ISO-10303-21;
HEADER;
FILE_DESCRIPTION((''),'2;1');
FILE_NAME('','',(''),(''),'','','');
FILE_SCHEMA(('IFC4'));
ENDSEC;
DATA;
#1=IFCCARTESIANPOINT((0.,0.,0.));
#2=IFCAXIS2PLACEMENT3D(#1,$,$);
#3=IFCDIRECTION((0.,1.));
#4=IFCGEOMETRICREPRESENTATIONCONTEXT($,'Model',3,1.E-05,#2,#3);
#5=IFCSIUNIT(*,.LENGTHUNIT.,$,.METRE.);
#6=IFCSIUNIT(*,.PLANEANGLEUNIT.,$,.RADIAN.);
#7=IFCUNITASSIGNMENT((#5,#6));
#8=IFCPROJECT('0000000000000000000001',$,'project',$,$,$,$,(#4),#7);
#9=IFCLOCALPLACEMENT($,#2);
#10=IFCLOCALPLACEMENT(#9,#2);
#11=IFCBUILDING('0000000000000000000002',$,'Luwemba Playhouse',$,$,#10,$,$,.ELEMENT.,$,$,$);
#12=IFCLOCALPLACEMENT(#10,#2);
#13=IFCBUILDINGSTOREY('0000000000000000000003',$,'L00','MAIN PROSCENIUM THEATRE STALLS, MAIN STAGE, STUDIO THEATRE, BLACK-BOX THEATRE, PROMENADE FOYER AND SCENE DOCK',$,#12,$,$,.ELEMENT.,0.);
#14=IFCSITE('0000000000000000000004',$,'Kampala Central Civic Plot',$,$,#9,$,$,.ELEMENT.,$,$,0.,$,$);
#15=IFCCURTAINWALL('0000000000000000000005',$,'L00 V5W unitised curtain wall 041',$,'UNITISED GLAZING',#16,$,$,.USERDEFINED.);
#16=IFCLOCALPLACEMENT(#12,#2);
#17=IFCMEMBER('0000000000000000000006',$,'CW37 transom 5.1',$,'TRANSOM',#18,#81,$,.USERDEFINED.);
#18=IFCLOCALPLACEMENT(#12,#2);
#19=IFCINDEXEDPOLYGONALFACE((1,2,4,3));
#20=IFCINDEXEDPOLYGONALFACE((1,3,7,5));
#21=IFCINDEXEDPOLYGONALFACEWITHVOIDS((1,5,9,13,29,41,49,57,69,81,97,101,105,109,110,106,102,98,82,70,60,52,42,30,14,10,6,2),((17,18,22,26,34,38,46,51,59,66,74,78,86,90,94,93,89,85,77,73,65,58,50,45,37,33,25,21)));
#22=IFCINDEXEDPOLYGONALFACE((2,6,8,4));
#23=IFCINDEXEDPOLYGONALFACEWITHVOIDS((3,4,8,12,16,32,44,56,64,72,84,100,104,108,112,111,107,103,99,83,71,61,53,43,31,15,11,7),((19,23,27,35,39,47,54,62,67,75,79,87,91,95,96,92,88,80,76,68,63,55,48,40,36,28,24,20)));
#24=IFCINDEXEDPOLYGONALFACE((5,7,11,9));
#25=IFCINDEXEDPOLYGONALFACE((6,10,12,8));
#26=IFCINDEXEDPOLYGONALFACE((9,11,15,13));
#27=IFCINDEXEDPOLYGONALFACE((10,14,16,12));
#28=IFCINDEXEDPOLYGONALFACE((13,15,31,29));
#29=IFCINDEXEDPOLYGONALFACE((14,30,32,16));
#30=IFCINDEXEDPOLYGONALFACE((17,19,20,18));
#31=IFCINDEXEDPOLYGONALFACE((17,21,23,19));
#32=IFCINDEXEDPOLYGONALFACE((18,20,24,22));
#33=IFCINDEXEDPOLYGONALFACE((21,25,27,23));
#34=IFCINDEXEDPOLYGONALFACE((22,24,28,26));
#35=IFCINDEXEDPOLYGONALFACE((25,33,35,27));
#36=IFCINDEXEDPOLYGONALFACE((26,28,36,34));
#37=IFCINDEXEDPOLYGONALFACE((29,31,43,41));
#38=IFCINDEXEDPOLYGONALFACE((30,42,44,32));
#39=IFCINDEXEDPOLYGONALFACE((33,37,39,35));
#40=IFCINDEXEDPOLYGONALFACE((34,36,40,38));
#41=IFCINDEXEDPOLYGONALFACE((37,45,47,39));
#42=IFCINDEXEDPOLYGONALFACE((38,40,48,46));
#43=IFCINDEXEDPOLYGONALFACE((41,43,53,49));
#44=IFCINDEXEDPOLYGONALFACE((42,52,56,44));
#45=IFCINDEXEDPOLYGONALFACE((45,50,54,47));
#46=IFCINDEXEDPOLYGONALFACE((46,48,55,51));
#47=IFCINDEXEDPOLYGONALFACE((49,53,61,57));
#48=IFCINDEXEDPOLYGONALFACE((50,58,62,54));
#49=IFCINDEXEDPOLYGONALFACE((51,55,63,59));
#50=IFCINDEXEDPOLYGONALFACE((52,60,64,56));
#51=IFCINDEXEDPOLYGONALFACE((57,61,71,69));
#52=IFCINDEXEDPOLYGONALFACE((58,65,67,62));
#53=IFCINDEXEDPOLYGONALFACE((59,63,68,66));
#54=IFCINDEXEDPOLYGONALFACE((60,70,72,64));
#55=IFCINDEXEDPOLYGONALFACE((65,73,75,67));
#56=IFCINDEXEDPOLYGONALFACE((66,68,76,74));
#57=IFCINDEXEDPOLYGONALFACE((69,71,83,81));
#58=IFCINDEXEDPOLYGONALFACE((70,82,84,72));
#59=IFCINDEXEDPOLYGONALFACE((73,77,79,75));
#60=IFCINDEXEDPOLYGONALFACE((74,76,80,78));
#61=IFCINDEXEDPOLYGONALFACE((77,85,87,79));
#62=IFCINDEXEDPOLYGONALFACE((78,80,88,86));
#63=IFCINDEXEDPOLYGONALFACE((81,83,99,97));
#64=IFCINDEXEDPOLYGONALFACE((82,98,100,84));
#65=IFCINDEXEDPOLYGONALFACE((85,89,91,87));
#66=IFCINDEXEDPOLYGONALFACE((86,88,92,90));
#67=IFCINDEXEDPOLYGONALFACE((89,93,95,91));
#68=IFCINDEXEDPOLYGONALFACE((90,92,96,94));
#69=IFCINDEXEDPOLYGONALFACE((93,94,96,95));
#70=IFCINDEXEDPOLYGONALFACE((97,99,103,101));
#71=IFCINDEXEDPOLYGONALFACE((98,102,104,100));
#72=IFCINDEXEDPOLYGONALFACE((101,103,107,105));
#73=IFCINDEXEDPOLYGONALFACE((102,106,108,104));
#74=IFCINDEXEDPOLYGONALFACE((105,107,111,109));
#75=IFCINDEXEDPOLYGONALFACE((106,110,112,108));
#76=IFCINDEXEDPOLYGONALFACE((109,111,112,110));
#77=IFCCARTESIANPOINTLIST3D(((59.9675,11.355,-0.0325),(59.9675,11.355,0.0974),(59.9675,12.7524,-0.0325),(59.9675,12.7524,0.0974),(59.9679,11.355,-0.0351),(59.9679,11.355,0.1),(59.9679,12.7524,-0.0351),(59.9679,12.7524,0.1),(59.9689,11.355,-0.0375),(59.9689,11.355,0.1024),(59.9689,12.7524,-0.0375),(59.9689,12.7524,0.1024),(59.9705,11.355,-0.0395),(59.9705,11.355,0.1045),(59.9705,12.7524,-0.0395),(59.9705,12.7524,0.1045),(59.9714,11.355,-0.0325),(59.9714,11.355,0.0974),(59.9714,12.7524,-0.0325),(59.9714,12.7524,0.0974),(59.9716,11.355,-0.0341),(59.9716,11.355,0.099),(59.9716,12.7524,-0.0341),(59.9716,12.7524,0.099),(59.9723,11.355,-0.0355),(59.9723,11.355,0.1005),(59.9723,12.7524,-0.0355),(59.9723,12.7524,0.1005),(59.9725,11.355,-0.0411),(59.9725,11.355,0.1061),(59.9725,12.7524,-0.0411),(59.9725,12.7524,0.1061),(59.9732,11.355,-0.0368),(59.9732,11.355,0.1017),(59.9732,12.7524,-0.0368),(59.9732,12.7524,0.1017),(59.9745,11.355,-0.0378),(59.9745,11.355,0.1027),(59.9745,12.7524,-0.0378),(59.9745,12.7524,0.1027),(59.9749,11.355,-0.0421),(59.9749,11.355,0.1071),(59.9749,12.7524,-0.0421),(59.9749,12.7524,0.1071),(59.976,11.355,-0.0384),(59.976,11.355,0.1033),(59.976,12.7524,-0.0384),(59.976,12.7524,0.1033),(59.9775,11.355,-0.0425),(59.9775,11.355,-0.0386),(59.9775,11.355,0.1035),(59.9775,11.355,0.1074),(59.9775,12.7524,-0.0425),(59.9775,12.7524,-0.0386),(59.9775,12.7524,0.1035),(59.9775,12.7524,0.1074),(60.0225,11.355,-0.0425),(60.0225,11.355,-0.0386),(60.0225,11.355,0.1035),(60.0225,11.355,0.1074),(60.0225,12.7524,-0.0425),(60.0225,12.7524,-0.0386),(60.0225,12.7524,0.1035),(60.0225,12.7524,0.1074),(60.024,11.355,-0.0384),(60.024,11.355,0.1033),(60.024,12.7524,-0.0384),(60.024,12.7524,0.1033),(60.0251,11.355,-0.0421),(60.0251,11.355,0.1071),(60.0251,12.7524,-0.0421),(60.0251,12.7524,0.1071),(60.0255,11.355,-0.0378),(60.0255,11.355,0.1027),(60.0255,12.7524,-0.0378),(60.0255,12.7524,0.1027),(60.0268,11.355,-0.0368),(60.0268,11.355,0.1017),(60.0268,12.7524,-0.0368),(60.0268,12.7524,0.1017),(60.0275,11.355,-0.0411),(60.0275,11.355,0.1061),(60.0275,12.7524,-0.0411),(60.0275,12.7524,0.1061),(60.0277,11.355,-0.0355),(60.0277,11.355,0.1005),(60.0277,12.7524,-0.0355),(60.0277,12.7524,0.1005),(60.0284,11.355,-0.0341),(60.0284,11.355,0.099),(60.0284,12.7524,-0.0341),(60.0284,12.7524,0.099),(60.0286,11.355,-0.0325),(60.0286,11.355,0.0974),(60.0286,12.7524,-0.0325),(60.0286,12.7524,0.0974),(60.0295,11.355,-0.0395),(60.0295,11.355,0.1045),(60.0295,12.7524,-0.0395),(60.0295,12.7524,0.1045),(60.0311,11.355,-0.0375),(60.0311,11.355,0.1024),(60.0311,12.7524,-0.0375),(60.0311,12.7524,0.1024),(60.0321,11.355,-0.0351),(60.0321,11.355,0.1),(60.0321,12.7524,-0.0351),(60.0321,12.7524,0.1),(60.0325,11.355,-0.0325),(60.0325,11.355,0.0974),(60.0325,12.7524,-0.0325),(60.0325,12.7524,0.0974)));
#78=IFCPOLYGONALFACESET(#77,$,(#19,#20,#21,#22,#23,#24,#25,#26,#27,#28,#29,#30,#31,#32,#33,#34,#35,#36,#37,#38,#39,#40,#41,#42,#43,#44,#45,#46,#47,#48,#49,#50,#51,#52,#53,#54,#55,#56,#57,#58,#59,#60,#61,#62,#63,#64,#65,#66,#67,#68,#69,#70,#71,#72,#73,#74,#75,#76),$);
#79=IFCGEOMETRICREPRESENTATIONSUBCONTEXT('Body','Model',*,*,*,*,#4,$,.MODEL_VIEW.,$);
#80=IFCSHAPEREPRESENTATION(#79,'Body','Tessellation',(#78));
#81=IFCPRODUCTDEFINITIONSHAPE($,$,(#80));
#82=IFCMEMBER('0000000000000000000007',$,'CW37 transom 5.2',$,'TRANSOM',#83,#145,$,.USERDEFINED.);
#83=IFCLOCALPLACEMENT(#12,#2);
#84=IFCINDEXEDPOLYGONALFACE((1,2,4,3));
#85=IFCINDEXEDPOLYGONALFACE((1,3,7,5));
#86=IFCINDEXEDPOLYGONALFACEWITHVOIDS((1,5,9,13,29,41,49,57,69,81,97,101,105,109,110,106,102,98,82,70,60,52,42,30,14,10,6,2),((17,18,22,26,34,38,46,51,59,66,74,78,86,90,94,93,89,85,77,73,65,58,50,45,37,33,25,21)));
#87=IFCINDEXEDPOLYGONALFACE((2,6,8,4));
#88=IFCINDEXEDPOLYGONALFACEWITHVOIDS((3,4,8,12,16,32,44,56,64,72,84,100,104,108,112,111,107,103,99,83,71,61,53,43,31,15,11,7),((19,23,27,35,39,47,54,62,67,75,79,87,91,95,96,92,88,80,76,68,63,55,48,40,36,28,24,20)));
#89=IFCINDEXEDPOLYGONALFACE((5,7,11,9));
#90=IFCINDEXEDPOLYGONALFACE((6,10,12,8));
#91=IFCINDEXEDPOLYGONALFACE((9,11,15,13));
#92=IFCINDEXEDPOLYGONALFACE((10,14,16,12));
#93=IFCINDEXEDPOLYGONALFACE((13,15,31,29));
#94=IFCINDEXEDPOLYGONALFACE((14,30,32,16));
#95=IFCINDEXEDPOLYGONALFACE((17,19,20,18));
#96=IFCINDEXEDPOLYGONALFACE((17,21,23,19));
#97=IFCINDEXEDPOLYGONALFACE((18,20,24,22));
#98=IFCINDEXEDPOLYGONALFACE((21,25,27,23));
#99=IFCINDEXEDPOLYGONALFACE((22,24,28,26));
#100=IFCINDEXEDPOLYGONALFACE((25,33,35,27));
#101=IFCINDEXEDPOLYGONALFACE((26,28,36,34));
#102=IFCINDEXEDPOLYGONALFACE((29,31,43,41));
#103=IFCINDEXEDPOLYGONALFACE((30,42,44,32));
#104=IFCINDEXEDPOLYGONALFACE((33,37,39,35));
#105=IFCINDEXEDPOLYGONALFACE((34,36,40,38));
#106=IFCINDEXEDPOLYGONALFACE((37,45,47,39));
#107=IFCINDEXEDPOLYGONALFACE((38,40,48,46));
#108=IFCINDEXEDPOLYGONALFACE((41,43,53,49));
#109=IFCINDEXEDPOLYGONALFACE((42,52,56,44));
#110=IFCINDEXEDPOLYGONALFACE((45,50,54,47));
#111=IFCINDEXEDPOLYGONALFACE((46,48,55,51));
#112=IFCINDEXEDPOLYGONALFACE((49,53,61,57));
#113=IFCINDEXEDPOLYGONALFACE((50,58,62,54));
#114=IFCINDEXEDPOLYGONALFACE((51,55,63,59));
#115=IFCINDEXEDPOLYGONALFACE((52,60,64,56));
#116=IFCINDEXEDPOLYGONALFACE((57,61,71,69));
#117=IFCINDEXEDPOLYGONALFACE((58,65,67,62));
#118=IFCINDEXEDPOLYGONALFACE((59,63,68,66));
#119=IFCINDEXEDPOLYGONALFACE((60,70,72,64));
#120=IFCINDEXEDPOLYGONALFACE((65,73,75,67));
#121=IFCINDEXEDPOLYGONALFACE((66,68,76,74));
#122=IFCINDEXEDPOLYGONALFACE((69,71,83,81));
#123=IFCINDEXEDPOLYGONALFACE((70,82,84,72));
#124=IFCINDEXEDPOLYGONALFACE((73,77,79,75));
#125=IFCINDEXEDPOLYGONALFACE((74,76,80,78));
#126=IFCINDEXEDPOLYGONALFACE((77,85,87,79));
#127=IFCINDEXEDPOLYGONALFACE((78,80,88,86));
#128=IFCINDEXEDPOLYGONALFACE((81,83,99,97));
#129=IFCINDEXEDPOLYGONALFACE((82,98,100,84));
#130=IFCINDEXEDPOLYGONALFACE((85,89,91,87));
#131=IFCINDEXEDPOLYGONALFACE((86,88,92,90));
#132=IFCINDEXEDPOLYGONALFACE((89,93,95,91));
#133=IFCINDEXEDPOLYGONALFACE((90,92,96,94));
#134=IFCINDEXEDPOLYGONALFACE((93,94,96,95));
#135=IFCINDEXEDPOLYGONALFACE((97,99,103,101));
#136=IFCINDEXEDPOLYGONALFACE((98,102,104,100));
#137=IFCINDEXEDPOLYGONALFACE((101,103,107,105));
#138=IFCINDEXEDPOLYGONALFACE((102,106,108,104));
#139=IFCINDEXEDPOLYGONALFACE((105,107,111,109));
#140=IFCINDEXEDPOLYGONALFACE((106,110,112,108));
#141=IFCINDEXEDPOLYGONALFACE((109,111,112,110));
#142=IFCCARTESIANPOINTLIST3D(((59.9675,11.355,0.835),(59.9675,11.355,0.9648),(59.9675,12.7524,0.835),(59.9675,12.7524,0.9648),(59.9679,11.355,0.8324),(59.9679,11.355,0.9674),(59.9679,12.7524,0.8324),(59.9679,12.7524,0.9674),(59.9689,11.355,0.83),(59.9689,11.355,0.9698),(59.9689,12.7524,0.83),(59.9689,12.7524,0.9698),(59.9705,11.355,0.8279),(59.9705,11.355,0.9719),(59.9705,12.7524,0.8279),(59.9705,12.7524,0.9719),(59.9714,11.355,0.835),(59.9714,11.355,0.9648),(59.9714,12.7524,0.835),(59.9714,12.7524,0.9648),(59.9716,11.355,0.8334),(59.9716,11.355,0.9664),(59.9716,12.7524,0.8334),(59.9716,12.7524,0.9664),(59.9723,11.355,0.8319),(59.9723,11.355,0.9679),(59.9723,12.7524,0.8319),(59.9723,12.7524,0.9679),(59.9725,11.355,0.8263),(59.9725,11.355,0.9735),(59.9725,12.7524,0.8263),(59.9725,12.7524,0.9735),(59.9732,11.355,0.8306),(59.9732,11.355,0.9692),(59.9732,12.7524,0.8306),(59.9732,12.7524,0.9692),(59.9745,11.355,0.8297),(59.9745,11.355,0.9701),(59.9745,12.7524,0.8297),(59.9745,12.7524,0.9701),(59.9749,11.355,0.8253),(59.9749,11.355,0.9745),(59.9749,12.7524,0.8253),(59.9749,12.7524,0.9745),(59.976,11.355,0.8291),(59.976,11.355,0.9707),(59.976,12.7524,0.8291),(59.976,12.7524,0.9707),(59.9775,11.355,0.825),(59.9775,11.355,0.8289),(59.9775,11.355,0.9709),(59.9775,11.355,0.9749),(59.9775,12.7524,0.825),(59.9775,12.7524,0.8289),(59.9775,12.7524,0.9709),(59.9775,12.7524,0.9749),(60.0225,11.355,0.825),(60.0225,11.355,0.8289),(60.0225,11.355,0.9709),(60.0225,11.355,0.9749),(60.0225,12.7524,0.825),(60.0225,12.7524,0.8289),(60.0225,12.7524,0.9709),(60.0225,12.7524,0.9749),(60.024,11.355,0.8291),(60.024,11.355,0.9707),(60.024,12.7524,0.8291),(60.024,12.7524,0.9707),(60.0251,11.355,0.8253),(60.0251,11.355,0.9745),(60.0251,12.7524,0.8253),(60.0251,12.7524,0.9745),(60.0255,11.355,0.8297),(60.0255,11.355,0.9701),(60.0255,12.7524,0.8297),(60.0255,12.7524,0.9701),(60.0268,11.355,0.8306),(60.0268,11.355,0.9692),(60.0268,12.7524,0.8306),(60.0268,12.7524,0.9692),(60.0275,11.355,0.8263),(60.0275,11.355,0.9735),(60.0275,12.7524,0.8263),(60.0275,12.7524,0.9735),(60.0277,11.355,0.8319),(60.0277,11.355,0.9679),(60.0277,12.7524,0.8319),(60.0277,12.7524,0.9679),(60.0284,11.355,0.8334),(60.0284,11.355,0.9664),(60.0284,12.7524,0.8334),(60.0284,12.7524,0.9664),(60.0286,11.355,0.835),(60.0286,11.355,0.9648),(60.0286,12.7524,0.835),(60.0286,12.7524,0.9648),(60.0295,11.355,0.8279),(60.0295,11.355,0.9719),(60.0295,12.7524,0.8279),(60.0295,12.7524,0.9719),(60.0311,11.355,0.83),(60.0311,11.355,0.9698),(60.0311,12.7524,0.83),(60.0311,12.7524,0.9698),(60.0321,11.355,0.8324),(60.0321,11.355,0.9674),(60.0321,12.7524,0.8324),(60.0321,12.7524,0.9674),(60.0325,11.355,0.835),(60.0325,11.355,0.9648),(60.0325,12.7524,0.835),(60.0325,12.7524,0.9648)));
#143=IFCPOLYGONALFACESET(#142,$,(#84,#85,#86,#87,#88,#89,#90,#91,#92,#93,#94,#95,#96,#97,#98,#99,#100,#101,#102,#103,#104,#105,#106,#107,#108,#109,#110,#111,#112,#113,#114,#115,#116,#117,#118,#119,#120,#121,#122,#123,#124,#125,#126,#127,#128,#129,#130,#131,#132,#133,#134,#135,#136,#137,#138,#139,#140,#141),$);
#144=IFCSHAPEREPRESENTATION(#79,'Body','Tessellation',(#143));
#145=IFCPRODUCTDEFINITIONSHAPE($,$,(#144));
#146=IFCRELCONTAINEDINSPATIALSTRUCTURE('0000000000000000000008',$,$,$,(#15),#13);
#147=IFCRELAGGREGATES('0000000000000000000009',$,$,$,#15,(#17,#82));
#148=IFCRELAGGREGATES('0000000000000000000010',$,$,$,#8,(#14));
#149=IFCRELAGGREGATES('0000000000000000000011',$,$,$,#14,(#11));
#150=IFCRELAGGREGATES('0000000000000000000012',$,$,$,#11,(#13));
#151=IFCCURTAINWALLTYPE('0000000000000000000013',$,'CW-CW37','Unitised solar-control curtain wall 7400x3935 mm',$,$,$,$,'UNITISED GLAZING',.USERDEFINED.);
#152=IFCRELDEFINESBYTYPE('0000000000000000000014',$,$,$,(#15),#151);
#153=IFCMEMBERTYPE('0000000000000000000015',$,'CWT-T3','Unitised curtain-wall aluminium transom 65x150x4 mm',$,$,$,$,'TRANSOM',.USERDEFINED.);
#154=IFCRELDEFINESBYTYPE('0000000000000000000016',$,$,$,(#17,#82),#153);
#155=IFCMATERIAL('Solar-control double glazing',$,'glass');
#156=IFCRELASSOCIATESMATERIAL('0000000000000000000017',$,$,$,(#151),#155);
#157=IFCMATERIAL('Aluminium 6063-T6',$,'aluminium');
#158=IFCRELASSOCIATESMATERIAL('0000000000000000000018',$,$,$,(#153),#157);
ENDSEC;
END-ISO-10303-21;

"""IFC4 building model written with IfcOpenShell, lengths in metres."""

from ifc_helpers import new_model, si_unit, direction, frame, origin, origin_2d, place, context, subcontext, project, spatial, hollow_rectangle, extrude, material, material_profile, profile_set, type_object, element, aggregate, save


model = new_model("IFC4")

# Units and contexts
model_context = context("Model", 3, precision=1e-05, world=origin(), true_north=direction((0.0, 1.0)))
body_context = subcontext(model_context, "Body", "Model", "MODEL_VIEW")
ifc_project = project(units=[si_unit("LENGTHUNIT", "METRE"), si_unit("PLANEANGLEUNIT", "RADIAN")], contexts=[model_context])

# Site, building, storey
site_placement = place(None, origin())
site = spatial("IfcSite", under=ifc_project, at=site_placement, Name="Kampala Central Civic Plot", CompositionType="ELEMENT", RefElevation=0.0)
building_placement = place(site_placement, origin())
building = spatial("IfcBuilding", under=site, at=building_placement, Name="Luwemba Playhouse", CompositionType="ELEMENT")
storey_placement = place(building_placement, origin())
storey = spatial("IfcBuildingStorey", under=building, at=storey_placement, Name="L00", Description="MAIN PROSCENIUM THEATRE STALLS, MAIN STAGE, STUDIO THEATRE, BLACK-BOX THEATRE, PROMENADE FOYER AND SCENE DOCK", CompositionType="ELEMENT", Elevation=0.0)

# Curtain wall
ifc_material_1 = material(Name="Solar-control double glazing", Category="glass")
curtain_wall_type_1 = type_object("IfcCurtainWallType", Name="CW-CW37", Description="Unitised solar-control curtain wall 7400x3935 mm", ElementType="UNITISED GLAZING", PredefinedType="USERDEFINED", material=ifc_material_1)
curtain_wall_1_placement = place(storey_placement, origin())
curtain_wall_1 = element("IfcCurtainWall", 1, at=curtain_wall_1_placement, inside=storey, type_object=curtain_wall_type_1, Name="L00 V5W unitised curtain wall 041", ObjectType="UNITISED GLAZING", PredefinedType="USERDEFINED")
ifc_material_2 = material(Name="Aluminium 6063-T6", Category="aluminium")

# Members
ifc_material_profile_1 = material_profile(ifc_material_2, hollow_rectangle(XDim=0.0649, YDim=0.1499, WallThickness=0.0039, InnerFilletRadius=0.0061, OuterFilletRadius=0.01, at=origin_2d()))
ifc_profile_set_1 = profile_set([ifc_material_profile_1], Name="Aluminium 6063-T6")
member_type_1 = type_object("IfcMemberType", Name="CWT-T3", Description="Unitised curtain-wall aluminium transom 65x150x4 mm", ElementType="TRANSOM", PredefinedType="USERDEFINED", material=ifc_profile_set_1)
member_1_placement = place(storey_placement, frame((60.0, 12.7524, 0.0325), z_axis=(0.0, -1.0, 0.0), x_axis=(1.0, 0.0, 0.0)))
member_1 = element("IfcMember", 2, at=member_1_placement, type_object=member_type_1, Name="CW37 transom 5.1", ObjectType="TRANSOM", PredefinedType="USERDEFINED", context=body_context, shape_type="SweptSolid", body=[
    extrude(hollow_rectangle(XDim=0.0649, YDim=0.1499, WallThickness=0.0039, InnerFilletRadius=0.0061, OuterFilletRadius=0.01, at=origin_2d()), origin(), (0.0, 0.0, 1.0), 1.3975),
])
member_2_placement = place(storey_placement, frame((60.0, 12.7524, 0.8999), z_axis=(0.0, -1.0, 0.0), x_axis=(1.0, 0.0, 0.0)))
member_2 = element("IfcMember", 3, at=member_2_placement, type_object=member_type_1, Name="CW37 transom 5.2", ObjectType="TRANSOM", PredefinedType="USERDEFINED", context=body_context, shape_type="SweptSolid", body=[
    extrude(hollow_rectangle(XDim=0.0649, YDim=0.1499, WallThickness=0.0039, InnerFilletRadius=0.0061, OuterFilletRadius=0.01, at=origin_2d()), origin(), (0.0, 0.0, 1.0), 1.3975),
])

aggregate(curtain_wall_1, [member_1, member_2])

save(model, "model.ifc")
